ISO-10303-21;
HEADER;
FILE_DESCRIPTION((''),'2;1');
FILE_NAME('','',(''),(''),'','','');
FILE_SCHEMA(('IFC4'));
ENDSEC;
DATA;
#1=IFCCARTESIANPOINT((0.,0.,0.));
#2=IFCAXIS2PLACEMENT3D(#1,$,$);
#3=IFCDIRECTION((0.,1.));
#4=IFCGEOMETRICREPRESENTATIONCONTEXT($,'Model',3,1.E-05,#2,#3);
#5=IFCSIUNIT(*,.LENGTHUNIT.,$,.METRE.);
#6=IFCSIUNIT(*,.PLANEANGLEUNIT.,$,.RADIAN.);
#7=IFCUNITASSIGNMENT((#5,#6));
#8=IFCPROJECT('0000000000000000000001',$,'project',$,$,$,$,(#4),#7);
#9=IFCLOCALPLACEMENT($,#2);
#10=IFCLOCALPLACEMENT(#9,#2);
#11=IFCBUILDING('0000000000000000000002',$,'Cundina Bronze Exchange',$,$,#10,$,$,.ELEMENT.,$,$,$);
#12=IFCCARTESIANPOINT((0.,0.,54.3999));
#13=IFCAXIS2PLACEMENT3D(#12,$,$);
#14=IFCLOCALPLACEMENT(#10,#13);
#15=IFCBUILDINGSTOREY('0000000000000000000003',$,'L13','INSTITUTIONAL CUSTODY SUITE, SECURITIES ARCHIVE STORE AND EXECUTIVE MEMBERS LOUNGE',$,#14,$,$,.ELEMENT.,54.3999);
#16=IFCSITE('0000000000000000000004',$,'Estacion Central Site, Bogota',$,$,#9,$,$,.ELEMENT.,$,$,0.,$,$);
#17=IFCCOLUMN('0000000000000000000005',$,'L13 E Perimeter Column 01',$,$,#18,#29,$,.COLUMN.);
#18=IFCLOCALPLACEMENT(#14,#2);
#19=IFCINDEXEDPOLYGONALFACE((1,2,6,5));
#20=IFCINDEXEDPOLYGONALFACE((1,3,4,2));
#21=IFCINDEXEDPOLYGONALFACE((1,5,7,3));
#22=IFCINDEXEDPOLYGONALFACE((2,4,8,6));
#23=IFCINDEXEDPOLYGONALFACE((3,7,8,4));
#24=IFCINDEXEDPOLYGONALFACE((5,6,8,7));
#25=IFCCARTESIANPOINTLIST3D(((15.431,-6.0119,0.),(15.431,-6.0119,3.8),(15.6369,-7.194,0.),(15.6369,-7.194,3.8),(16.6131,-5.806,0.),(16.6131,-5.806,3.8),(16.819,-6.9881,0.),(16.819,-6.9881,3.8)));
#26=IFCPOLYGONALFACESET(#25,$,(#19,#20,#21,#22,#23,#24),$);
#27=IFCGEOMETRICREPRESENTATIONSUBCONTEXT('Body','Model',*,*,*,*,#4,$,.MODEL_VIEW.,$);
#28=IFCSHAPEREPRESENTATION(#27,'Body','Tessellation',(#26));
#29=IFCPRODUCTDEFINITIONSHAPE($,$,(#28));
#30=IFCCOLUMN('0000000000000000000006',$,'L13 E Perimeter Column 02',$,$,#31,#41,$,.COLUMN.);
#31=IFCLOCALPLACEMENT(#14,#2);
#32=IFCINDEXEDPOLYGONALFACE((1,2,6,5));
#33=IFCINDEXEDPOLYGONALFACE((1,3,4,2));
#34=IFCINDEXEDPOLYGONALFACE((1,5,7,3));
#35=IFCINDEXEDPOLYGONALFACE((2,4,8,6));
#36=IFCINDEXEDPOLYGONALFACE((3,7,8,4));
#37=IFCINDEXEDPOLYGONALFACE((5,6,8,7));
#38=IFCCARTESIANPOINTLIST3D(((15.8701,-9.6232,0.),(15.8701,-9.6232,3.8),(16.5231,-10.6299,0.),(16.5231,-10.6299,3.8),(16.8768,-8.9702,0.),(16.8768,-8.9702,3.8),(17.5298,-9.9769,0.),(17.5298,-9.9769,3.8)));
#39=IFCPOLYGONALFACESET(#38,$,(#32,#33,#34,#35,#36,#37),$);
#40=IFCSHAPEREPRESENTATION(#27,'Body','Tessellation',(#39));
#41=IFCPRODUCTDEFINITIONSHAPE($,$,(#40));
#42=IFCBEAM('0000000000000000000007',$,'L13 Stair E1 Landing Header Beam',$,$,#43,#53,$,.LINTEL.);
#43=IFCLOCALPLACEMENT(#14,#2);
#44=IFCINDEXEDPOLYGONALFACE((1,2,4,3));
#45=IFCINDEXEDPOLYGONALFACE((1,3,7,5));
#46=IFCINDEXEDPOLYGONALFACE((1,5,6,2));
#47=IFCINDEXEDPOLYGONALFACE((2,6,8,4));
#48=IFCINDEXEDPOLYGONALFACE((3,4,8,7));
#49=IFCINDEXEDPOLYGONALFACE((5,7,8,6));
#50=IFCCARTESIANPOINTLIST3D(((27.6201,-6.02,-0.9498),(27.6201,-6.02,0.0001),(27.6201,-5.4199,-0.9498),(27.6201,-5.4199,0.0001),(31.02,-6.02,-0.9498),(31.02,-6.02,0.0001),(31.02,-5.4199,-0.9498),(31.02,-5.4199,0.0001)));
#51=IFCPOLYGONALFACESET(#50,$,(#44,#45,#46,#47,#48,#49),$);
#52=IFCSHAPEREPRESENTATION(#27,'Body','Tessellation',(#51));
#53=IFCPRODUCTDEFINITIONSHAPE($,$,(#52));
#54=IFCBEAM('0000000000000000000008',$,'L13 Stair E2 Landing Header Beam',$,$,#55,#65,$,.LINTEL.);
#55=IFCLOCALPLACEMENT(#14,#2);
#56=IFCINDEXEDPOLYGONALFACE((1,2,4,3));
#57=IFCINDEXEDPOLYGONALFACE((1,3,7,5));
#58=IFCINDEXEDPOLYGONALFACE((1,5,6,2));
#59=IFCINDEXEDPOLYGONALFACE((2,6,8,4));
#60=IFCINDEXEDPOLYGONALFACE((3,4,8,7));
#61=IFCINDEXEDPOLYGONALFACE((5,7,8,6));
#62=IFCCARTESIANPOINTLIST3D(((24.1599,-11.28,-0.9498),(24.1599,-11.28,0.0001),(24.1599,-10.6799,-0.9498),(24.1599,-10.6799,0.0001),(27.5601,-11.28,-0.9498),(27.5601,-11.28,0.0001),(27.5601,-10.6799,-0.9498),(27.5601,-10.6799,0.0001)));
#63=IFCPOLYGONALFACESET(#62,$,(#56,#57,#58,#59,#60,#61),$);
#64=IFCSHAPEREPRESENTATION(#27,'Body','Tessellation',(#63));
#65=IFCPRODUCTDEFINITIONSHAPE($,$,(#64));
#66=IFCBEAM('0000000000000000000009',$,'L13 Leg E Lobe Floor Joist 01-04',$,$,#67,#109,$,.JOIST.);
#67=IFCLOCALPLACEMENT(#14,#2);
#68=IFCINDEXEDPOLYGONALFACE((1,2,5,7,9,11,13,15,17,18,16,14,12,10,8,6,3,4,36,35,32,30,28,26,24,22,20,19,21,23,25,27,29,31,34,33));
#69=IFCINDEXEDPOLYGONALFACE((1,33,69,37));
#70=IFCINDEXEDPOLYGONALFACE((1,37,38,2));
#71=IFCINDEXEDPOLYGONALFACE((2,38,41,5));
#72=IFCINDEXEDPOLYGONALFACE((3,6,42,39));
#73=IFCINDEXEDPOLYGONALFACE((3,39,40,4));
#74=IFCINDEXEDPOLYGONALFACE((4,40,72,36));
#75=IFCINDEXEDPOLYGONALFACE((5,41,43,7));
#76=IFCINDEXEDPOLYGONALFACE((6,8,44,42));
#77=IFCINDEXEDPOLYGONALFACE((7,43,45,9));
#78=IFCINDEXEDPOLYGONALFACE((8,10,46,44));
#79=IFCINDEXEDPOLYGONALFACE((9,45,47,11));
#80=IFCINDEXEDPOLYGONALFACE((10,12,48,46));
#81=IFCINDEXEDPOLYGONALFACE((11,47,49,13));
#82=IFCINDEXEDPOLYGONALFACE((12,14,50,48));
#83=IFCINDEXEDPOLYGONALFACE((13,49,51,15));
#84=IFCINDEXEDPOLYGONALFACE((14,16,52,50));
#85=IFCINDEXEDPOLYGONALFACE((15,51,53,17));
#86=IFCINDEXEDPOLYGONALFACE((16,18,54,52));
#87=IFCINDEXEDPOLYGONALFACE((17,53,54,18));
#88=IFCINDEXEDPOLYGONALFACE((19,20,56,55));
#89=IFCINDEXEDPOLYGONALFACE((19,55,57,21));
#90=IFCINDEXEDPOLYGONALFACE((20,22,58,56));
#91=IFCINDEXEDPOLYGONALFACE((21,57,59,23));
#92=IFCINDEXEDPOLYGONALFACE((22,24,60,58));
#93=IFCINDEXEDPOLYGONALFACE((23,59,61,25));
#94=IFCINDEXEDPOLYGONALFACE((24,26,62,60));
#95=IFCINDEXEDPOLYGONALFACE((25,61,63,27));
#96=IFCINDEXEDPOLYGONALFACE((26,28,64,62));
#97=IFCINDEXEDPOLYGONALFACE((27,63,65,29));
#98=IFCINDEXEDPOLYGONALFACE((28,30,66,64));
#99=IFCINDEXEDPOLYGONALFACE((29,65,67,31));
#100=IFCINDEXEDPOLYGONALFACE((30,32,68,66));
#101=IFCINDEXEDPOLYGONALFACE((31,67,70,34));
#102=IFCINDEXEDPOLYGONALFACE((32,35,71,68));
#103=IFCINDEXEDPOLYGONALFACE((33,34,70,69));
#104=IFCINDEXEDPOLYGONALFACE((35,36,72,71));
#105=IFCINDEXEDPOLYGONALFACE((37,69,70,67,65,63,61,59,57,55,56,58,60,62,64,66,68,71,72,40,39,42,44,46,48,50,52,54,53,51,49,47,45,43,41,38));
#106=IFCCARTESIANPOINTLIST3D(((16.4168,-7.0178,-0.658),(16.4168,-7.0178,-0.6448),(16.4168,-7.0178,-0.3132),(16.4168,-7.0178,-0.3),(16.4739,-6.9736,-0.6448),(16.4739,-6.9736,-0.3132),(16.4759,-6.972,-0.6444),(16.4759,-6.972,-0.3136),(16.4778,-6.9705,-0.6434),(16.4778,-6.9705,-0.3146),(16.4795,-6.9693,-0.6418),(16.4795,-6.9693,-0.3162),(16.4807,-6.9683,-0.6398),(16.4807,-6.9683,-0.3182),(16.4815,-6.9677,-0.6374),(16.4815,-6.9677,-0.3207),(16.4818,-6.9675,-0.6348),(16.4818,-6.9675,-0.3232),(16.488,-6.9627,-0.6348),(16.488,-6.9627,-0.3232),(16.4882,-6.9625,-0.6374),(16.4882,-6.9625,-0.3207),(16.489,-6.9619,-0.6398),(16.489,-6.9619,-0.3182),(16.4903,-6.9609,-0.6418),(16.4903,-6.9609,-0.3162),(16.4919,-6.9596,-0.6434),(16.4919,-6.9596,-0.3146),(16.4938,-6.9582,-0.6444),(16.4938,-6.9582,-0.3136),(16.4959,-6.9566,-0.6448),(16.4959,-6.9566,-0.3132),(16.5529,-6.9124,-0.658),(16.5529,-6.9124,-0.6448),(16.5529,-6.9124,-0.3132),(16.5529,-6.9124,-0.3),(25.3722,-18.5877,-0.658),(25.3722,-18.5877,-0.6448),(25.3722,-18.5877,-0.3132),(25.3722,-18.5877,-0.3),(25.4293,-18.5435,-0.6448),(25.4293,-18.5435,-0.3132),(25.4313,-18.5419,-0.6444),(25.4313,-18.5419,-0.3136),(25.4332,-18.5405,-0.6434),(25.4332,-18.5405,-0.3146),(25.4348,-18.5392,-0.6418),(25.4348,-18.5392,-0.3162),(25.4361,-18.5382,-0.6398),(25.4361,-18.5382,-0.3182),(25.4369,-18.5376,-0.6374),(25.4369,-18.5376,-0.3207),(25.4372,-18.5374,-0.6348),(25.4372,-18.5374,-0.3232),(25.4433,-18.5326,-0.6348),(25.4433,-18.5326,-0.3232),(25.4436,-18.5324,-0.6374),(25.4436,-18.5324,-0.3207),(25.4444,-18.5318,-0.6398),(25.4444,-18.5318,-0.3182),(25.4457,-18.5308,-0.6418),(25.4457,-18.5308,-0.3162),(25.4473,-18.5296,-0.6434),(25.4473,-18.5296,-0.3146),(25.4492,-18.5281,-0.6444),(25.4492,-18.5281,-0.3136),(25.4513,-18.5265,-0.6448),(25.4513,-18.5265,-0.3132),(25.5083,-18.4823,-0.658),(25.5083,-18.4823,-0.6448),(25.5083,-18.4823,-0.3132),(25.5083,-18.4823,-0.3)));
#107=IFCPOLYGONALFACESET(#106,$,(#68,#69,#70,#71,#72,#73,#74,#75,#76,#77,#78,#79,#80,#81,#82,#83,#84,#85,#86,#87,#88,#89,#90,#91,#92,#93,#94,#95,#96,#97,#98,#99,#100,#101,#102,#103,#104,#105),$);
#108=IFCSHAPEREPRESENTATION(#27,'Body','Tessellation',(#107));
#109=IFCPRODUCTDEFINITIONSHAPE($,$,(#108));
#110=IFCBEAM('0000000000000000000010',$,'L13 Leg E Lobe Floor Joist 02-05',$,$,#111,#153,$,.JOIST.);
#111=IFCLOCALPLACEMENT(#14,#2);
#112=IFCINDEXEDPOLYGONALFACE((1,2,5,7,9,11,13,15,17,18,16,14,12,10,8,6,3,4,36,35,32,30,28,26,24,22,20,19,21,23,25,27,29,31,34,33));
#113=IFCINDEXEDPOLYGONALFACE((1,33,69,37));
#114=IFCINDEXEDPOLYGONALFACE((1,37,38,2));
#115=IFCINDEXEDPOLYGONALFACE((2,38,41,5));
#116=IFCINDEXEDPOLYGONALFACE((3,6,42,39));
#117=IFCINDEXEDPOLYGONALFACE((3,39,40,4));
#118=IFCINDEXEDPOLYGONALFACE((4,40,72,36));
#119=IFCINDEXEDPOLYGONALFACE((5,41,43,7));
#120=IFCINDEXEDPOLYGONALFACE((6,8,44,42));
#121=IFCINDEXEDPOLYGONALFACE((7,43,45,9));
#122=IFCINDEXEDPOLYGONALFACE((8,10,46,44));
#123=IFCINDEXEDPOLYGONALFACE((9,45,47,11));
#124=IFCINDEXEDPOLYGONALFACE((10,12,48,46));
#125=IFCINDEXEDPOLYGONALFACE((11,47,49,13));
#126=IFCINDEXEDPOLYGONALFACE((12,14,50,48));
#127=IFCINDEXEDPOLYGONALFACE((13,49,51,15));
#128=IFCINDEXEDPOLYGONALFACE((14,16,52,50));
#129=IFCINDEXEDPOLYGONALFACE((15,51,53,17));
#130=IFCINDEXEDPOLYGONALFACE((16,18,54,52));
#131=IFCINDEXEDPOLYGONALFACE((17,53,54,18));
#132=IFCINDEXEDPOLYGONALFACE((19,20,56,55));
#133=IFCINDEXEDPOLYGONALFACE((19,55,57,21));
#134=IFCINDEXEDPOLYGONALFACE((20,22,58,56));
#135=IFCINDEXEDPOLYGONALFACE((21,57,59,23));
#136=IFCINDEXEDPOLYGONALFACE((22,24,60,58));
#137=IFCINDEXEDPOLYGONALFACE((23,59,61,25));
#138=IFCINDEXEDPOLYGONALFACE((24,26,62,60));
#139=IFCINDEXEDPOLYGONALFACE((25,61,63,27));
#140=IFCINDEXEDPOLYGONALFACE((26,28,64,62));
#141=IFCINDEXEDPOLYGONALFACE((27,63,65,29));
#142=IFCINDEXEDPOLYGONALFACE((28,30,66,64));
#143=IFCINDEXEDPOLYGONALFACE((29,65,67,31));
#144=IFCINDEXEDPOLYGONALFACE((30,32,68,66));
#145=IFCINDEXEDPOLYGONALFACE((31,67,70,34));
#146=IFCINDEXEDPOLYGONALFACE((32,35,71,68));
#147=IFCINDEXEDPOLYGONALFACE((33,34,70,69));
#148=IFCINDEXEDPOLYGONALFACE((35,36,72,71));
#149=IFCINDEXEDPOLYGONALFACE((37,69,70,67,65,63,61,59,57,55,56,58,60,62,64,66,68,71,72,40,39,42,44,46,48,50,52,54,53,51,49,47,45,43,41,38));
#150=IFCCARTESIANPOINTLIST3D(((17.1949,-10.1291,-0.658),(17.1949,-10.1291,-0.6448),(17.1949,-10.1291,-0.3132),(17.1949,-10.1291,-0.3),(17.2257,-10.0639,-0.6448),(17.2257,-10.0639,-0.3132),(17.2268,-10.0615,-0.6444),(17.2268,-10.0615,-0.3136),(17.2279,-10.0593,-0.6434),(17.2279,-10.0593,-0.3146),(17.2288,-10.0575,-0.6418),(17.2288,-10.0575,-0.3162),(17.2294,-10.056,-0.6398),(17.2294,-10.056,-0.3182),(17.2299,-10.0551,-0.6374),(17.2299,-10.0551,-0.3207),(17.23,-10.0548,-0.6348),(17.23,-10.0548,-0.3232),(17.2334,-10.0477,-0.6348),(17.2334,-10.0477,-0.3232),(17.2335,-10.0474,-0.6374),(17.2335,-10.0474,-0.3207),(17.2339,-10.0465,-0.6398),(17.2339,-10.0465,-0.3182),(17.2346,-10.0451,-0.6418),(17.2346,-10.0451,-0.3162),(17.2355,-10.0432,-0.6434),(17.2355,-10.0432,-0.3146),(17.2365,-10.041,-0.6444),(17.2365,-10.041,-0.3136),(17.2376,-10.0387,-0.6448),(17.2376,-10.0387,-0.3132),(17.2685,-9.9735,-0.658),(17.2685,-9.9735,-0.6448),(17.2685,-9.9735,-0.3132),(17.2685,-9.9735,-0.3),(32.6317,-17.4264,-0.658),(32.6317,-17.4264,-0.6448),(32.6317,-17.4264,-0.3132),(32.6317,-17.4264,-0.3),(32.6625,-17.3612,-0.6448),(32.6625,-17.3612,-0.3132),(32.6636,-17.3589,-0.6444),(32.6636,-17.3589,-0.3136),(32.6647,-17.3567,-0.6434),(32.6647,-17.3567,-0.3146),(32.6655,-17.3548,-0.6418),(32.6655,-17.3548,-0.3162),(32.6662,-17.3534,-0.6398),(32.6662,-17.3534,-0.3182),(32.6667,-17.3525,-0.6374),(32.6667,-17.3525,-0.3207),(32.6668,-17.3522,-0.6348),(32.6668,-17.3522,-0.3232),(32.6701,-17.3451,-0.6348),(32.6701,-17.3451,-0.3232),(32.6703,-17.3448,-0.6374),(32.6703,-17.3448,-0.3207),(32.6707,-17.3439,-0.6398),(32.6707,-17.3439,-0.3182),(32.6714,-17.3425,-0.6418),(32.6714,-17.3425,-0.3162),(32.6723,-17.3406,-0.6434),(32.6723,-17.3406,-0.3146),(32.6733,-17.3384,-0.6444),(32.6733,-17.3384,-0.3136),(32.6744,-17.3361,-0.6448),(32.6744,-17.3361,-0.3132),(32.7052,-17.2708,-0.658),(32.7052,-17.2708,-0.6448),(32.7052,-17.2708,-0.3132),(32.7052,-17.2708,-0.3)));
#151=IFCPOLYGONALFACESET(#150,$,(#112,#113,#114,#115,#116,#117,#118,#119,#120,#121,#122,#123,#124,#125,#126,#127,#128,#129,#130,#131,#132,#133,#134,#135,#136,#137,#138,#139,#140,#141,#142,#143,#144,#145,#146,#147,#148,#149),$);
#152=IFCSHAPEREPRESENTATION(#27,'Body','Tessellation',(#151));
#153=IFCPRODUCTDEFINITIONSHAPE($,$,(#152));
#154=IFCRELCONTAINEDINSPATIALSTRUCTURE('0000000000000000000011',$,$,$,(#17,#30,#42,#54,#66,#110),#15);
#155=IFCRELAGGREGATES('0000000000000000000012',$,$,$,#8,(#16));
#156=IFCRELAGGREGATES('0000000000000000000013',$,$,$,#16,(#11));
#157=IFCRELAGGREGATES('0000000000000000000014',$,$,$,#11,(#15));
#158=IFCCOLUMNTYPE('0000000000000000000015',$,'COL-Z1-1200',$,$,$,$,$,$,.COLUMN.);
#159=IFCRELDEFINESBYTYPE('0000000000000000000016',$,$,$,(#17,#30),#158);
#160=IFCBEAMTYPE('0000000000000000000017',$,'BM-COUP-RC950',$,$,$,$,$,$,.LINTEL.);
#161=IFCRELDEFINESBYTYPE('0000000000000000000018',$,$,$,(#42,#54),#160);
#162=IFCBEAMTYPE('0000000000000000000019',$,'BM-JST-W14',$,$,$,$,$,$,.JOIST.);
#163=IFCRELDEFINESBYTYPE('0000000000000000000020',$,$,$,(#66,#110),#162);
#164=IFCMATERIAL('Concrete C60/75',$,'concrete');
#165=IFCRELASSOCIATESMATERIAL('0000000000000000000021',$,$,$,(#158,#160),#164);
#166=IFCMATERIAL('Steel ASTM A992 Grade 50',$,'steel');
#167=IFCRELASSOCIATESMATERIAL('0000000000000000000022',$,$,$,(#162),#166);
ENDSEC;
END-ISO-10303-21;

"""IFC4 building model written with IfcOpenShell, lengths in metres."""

from ifc_helpers import new_model, si_unit, direction, frame, origin, origin_2d, place, context, subcontext, project, spatial, rectangle, i_section, extrude, material, material_profile, profile_set, type_object, element, save


model = new_model("IFC4")

# Units and contexts
model_context = context("Model", 3, precision=1e-05, world=origin(), true_north=direction((0.0, 1.0)))
body_context = subcontext(model_context, "Body", "Model", "MODEL_VIEW")
ifc_project = project(units=[si_unit("LENGTHUNIT", "METRE"), si_unit("PLANEANGLEUNIT", "RADIAN")], contexts=[model_context])

# Site, building, storey
site_placement = place(None, origin())
site = spatial("IfcSite", under=ifc_project, at=site_placement, Name="Estacion Central Site, Bogota", CompositionType="ELEMENT", RefElevation=0.0)
building_placement = place(site_placement, origin())
building = spatial("IfcBuilding", under=site, at=building_placement, Name="Cundina Bronze Exchange", CompositionType="ELEMENT")
storey_placement = place(building_placement, frame((0.0, 0.0, 54.3999)))
storey = spatial("IfcBuildingStorey", under=building, at=storey_placement, Name="L13", Description="INSTITUTIONAL CUSTODY SUITE, SECURITIES ARCHIVE STORE AND EXECUTIVE MEMBERS LOUNGE", CompositionType="ELEMENT", Elevation=54.3999)

# Columns
ifc_material_1 = material(Name="Concrete C60/75", Category="concrete")
ifc_material_profile_1 = material_profile(ifc_material_1, rectangle(XDim=1.2, YDim=1.2, at=origin_2d()), Name="RC1200X1200", Category="concrete")
ifc_profile_set_1 = profile_set([ifc_material_profile_1], Name="Concrete C60/75")
column_type = type_object("IfcColumnType", Name="COL-Z1-1200", PredefinedType="COLUMN", material=ifc_profile_set_1)
for number, where, z_axis, x_axis, name in (
    (1, (16.125, -6.5, 0.0), (0.0, 0.0, 1.0), (0.171585, -0.985169, 0.0), "L13 E Perimeter Column 01"),
    (2, (16.7, -9.8, 0.0), (0.0, 0.0, 1.0), (0.5442, -0.838956, 0.0), "L13 E Perimeter Column 02"),
):
    element("IfcColumn", number, at=place(storey_placement, frame(where, z_axis=z_axis, x_axis=x_axis)), inside=storey, type_object=column_type, Name=name, PredefinedType="COLUMN", context=body_context, shape_type="SweptSolid", body=[
        extrude(rectangle(XDim=1.2, YDim=1.2, at=origin_2d()), origin(), (0.0, 0.0, 1.0), 3.8),
    ])

# Beams
ifc_material_profile_2 = material_profile(ifc_material_1, rectangle(XDim=0.6001, YDim=0.95, at=origin_2d()), Name="RC600X950", Category="concrete")
ifc_profile_set_2 = profile_set([ifc_material_profile_2], Name="Concrete C60/75")
beam_type_1 = type_object("IfcBeamType", Name="BM-COUP-RC950", PredefinedType="LINTEL", material=ifc_profile_set_2)
beam_1_placement = place(storey_placement, frame((27.6201, -5.72, -0.4749), z_axis=(1.0, 0.0, 0.0), x_axis=(0.0, 1.0, 0.0)))
element("IfcBeam", 3, at=beam_1_placement, inside=storey, type_object=beam_type_1, Name="L13 Stair E1 Landing Header Beam", PredefinedType="LINTEL", context=body_context, shape_type="SweptSolid", body=[
    extrude(rectangle(XDim=0.6001, YDim=0.95, at=origin_2d()), origin(), (0.0, 0.0, 1.0), 3.3999),
])
beam_2_placement = place(storey_placement, frame((24.1599, -10.98, -0.4749), z_axis=(1.0, 0.0, 0.0), x_axis=(0.0, 1.0, 0.0)))
element("IfcBeam", 4, at=beam_2_placement, inside=storey, type_object=beam_type_1, Name="L13 Stair E2 Landing Header Beam", PredefinedType="LINTEL", context=body_context, shape_type="SweptSolid", body=[
    extrude(rectangle(XDim=0.6001, YDim=0.95, at=origin_2d()), origin(), (0.0, 0.0, 1.0), 3.4001),
])
ifc_material_2 = material(Name="Steel ASTM A992 Grade 50", Category="steel")
ifc_material_profile_3 = material_profile(ifc_material_2, i_section(OverallWidth=0.1721, OverallDepth=0.3579, WebThickness=0.0078, FlangeThickness=0.0132, FilletRadius=0.01, at=origin_2d()), Name="W14X38", Category="steel")
ifc_profile_set_3 = profile_set([ifc_material_profile_3], Name="Steel ASTM A992 Grade 50")
beam_type_2 = type_object("IfcBeamType", Name="BM-JST-W14", PredefinedType="JOIST", material=ifc_profile_set_3)
beam_3_placement = place(storey_placement, frame((16.4849, -6.9651, -0.479), z_axis=(0.612089, -0.790789, 0.0), x_axis=(0.790789, 0.612089, 0.0)))
element("IfcBeam", 5, at=beam_3_placement, inside=storey, type_object=beam_type_2, Name="L13 Leg E Lobe Floor Joist 01-04", PredefinedType="JOIST", context=body_context, shape_type="SweptSolid", body=[
    extrude(i_section(OverallWidth=0.1721, OverallDepth=0.3579, WebThickness=0.0078, FlangeThickness=0.0132, FilletRadius=0.01, at=origin_2d()), origin(), (0.0, 0.0, 1.0), 14.6309),
])
beam_4_placement = place(storey_placement, frame((17.2317, -10.0513, -0.479), z_axis=(0.904073, -0.427379, 0.0), x_axis=(0.427379, 0.904073, 0.0)))
element("IfcBeam", 6, at=beam_4_placement, inside=storey, type_object=beam_type_2, Name="L13 Leg E Lobe Floor Joist 02-05", PredefinedType="JOIST", context=body_context, shape_type="SweptSolid", body=[
    extrude(i_section(OverallWidth=0.1721, OverallDepth=0.3579, WebThickness=0.0078, FlangeThickness=0.0132, FilletRadius=0.01, at=origin_2d()), origin(), (0.0, 0.0, 1.0), 17.0747),
])

save(model, "model.ifc")
